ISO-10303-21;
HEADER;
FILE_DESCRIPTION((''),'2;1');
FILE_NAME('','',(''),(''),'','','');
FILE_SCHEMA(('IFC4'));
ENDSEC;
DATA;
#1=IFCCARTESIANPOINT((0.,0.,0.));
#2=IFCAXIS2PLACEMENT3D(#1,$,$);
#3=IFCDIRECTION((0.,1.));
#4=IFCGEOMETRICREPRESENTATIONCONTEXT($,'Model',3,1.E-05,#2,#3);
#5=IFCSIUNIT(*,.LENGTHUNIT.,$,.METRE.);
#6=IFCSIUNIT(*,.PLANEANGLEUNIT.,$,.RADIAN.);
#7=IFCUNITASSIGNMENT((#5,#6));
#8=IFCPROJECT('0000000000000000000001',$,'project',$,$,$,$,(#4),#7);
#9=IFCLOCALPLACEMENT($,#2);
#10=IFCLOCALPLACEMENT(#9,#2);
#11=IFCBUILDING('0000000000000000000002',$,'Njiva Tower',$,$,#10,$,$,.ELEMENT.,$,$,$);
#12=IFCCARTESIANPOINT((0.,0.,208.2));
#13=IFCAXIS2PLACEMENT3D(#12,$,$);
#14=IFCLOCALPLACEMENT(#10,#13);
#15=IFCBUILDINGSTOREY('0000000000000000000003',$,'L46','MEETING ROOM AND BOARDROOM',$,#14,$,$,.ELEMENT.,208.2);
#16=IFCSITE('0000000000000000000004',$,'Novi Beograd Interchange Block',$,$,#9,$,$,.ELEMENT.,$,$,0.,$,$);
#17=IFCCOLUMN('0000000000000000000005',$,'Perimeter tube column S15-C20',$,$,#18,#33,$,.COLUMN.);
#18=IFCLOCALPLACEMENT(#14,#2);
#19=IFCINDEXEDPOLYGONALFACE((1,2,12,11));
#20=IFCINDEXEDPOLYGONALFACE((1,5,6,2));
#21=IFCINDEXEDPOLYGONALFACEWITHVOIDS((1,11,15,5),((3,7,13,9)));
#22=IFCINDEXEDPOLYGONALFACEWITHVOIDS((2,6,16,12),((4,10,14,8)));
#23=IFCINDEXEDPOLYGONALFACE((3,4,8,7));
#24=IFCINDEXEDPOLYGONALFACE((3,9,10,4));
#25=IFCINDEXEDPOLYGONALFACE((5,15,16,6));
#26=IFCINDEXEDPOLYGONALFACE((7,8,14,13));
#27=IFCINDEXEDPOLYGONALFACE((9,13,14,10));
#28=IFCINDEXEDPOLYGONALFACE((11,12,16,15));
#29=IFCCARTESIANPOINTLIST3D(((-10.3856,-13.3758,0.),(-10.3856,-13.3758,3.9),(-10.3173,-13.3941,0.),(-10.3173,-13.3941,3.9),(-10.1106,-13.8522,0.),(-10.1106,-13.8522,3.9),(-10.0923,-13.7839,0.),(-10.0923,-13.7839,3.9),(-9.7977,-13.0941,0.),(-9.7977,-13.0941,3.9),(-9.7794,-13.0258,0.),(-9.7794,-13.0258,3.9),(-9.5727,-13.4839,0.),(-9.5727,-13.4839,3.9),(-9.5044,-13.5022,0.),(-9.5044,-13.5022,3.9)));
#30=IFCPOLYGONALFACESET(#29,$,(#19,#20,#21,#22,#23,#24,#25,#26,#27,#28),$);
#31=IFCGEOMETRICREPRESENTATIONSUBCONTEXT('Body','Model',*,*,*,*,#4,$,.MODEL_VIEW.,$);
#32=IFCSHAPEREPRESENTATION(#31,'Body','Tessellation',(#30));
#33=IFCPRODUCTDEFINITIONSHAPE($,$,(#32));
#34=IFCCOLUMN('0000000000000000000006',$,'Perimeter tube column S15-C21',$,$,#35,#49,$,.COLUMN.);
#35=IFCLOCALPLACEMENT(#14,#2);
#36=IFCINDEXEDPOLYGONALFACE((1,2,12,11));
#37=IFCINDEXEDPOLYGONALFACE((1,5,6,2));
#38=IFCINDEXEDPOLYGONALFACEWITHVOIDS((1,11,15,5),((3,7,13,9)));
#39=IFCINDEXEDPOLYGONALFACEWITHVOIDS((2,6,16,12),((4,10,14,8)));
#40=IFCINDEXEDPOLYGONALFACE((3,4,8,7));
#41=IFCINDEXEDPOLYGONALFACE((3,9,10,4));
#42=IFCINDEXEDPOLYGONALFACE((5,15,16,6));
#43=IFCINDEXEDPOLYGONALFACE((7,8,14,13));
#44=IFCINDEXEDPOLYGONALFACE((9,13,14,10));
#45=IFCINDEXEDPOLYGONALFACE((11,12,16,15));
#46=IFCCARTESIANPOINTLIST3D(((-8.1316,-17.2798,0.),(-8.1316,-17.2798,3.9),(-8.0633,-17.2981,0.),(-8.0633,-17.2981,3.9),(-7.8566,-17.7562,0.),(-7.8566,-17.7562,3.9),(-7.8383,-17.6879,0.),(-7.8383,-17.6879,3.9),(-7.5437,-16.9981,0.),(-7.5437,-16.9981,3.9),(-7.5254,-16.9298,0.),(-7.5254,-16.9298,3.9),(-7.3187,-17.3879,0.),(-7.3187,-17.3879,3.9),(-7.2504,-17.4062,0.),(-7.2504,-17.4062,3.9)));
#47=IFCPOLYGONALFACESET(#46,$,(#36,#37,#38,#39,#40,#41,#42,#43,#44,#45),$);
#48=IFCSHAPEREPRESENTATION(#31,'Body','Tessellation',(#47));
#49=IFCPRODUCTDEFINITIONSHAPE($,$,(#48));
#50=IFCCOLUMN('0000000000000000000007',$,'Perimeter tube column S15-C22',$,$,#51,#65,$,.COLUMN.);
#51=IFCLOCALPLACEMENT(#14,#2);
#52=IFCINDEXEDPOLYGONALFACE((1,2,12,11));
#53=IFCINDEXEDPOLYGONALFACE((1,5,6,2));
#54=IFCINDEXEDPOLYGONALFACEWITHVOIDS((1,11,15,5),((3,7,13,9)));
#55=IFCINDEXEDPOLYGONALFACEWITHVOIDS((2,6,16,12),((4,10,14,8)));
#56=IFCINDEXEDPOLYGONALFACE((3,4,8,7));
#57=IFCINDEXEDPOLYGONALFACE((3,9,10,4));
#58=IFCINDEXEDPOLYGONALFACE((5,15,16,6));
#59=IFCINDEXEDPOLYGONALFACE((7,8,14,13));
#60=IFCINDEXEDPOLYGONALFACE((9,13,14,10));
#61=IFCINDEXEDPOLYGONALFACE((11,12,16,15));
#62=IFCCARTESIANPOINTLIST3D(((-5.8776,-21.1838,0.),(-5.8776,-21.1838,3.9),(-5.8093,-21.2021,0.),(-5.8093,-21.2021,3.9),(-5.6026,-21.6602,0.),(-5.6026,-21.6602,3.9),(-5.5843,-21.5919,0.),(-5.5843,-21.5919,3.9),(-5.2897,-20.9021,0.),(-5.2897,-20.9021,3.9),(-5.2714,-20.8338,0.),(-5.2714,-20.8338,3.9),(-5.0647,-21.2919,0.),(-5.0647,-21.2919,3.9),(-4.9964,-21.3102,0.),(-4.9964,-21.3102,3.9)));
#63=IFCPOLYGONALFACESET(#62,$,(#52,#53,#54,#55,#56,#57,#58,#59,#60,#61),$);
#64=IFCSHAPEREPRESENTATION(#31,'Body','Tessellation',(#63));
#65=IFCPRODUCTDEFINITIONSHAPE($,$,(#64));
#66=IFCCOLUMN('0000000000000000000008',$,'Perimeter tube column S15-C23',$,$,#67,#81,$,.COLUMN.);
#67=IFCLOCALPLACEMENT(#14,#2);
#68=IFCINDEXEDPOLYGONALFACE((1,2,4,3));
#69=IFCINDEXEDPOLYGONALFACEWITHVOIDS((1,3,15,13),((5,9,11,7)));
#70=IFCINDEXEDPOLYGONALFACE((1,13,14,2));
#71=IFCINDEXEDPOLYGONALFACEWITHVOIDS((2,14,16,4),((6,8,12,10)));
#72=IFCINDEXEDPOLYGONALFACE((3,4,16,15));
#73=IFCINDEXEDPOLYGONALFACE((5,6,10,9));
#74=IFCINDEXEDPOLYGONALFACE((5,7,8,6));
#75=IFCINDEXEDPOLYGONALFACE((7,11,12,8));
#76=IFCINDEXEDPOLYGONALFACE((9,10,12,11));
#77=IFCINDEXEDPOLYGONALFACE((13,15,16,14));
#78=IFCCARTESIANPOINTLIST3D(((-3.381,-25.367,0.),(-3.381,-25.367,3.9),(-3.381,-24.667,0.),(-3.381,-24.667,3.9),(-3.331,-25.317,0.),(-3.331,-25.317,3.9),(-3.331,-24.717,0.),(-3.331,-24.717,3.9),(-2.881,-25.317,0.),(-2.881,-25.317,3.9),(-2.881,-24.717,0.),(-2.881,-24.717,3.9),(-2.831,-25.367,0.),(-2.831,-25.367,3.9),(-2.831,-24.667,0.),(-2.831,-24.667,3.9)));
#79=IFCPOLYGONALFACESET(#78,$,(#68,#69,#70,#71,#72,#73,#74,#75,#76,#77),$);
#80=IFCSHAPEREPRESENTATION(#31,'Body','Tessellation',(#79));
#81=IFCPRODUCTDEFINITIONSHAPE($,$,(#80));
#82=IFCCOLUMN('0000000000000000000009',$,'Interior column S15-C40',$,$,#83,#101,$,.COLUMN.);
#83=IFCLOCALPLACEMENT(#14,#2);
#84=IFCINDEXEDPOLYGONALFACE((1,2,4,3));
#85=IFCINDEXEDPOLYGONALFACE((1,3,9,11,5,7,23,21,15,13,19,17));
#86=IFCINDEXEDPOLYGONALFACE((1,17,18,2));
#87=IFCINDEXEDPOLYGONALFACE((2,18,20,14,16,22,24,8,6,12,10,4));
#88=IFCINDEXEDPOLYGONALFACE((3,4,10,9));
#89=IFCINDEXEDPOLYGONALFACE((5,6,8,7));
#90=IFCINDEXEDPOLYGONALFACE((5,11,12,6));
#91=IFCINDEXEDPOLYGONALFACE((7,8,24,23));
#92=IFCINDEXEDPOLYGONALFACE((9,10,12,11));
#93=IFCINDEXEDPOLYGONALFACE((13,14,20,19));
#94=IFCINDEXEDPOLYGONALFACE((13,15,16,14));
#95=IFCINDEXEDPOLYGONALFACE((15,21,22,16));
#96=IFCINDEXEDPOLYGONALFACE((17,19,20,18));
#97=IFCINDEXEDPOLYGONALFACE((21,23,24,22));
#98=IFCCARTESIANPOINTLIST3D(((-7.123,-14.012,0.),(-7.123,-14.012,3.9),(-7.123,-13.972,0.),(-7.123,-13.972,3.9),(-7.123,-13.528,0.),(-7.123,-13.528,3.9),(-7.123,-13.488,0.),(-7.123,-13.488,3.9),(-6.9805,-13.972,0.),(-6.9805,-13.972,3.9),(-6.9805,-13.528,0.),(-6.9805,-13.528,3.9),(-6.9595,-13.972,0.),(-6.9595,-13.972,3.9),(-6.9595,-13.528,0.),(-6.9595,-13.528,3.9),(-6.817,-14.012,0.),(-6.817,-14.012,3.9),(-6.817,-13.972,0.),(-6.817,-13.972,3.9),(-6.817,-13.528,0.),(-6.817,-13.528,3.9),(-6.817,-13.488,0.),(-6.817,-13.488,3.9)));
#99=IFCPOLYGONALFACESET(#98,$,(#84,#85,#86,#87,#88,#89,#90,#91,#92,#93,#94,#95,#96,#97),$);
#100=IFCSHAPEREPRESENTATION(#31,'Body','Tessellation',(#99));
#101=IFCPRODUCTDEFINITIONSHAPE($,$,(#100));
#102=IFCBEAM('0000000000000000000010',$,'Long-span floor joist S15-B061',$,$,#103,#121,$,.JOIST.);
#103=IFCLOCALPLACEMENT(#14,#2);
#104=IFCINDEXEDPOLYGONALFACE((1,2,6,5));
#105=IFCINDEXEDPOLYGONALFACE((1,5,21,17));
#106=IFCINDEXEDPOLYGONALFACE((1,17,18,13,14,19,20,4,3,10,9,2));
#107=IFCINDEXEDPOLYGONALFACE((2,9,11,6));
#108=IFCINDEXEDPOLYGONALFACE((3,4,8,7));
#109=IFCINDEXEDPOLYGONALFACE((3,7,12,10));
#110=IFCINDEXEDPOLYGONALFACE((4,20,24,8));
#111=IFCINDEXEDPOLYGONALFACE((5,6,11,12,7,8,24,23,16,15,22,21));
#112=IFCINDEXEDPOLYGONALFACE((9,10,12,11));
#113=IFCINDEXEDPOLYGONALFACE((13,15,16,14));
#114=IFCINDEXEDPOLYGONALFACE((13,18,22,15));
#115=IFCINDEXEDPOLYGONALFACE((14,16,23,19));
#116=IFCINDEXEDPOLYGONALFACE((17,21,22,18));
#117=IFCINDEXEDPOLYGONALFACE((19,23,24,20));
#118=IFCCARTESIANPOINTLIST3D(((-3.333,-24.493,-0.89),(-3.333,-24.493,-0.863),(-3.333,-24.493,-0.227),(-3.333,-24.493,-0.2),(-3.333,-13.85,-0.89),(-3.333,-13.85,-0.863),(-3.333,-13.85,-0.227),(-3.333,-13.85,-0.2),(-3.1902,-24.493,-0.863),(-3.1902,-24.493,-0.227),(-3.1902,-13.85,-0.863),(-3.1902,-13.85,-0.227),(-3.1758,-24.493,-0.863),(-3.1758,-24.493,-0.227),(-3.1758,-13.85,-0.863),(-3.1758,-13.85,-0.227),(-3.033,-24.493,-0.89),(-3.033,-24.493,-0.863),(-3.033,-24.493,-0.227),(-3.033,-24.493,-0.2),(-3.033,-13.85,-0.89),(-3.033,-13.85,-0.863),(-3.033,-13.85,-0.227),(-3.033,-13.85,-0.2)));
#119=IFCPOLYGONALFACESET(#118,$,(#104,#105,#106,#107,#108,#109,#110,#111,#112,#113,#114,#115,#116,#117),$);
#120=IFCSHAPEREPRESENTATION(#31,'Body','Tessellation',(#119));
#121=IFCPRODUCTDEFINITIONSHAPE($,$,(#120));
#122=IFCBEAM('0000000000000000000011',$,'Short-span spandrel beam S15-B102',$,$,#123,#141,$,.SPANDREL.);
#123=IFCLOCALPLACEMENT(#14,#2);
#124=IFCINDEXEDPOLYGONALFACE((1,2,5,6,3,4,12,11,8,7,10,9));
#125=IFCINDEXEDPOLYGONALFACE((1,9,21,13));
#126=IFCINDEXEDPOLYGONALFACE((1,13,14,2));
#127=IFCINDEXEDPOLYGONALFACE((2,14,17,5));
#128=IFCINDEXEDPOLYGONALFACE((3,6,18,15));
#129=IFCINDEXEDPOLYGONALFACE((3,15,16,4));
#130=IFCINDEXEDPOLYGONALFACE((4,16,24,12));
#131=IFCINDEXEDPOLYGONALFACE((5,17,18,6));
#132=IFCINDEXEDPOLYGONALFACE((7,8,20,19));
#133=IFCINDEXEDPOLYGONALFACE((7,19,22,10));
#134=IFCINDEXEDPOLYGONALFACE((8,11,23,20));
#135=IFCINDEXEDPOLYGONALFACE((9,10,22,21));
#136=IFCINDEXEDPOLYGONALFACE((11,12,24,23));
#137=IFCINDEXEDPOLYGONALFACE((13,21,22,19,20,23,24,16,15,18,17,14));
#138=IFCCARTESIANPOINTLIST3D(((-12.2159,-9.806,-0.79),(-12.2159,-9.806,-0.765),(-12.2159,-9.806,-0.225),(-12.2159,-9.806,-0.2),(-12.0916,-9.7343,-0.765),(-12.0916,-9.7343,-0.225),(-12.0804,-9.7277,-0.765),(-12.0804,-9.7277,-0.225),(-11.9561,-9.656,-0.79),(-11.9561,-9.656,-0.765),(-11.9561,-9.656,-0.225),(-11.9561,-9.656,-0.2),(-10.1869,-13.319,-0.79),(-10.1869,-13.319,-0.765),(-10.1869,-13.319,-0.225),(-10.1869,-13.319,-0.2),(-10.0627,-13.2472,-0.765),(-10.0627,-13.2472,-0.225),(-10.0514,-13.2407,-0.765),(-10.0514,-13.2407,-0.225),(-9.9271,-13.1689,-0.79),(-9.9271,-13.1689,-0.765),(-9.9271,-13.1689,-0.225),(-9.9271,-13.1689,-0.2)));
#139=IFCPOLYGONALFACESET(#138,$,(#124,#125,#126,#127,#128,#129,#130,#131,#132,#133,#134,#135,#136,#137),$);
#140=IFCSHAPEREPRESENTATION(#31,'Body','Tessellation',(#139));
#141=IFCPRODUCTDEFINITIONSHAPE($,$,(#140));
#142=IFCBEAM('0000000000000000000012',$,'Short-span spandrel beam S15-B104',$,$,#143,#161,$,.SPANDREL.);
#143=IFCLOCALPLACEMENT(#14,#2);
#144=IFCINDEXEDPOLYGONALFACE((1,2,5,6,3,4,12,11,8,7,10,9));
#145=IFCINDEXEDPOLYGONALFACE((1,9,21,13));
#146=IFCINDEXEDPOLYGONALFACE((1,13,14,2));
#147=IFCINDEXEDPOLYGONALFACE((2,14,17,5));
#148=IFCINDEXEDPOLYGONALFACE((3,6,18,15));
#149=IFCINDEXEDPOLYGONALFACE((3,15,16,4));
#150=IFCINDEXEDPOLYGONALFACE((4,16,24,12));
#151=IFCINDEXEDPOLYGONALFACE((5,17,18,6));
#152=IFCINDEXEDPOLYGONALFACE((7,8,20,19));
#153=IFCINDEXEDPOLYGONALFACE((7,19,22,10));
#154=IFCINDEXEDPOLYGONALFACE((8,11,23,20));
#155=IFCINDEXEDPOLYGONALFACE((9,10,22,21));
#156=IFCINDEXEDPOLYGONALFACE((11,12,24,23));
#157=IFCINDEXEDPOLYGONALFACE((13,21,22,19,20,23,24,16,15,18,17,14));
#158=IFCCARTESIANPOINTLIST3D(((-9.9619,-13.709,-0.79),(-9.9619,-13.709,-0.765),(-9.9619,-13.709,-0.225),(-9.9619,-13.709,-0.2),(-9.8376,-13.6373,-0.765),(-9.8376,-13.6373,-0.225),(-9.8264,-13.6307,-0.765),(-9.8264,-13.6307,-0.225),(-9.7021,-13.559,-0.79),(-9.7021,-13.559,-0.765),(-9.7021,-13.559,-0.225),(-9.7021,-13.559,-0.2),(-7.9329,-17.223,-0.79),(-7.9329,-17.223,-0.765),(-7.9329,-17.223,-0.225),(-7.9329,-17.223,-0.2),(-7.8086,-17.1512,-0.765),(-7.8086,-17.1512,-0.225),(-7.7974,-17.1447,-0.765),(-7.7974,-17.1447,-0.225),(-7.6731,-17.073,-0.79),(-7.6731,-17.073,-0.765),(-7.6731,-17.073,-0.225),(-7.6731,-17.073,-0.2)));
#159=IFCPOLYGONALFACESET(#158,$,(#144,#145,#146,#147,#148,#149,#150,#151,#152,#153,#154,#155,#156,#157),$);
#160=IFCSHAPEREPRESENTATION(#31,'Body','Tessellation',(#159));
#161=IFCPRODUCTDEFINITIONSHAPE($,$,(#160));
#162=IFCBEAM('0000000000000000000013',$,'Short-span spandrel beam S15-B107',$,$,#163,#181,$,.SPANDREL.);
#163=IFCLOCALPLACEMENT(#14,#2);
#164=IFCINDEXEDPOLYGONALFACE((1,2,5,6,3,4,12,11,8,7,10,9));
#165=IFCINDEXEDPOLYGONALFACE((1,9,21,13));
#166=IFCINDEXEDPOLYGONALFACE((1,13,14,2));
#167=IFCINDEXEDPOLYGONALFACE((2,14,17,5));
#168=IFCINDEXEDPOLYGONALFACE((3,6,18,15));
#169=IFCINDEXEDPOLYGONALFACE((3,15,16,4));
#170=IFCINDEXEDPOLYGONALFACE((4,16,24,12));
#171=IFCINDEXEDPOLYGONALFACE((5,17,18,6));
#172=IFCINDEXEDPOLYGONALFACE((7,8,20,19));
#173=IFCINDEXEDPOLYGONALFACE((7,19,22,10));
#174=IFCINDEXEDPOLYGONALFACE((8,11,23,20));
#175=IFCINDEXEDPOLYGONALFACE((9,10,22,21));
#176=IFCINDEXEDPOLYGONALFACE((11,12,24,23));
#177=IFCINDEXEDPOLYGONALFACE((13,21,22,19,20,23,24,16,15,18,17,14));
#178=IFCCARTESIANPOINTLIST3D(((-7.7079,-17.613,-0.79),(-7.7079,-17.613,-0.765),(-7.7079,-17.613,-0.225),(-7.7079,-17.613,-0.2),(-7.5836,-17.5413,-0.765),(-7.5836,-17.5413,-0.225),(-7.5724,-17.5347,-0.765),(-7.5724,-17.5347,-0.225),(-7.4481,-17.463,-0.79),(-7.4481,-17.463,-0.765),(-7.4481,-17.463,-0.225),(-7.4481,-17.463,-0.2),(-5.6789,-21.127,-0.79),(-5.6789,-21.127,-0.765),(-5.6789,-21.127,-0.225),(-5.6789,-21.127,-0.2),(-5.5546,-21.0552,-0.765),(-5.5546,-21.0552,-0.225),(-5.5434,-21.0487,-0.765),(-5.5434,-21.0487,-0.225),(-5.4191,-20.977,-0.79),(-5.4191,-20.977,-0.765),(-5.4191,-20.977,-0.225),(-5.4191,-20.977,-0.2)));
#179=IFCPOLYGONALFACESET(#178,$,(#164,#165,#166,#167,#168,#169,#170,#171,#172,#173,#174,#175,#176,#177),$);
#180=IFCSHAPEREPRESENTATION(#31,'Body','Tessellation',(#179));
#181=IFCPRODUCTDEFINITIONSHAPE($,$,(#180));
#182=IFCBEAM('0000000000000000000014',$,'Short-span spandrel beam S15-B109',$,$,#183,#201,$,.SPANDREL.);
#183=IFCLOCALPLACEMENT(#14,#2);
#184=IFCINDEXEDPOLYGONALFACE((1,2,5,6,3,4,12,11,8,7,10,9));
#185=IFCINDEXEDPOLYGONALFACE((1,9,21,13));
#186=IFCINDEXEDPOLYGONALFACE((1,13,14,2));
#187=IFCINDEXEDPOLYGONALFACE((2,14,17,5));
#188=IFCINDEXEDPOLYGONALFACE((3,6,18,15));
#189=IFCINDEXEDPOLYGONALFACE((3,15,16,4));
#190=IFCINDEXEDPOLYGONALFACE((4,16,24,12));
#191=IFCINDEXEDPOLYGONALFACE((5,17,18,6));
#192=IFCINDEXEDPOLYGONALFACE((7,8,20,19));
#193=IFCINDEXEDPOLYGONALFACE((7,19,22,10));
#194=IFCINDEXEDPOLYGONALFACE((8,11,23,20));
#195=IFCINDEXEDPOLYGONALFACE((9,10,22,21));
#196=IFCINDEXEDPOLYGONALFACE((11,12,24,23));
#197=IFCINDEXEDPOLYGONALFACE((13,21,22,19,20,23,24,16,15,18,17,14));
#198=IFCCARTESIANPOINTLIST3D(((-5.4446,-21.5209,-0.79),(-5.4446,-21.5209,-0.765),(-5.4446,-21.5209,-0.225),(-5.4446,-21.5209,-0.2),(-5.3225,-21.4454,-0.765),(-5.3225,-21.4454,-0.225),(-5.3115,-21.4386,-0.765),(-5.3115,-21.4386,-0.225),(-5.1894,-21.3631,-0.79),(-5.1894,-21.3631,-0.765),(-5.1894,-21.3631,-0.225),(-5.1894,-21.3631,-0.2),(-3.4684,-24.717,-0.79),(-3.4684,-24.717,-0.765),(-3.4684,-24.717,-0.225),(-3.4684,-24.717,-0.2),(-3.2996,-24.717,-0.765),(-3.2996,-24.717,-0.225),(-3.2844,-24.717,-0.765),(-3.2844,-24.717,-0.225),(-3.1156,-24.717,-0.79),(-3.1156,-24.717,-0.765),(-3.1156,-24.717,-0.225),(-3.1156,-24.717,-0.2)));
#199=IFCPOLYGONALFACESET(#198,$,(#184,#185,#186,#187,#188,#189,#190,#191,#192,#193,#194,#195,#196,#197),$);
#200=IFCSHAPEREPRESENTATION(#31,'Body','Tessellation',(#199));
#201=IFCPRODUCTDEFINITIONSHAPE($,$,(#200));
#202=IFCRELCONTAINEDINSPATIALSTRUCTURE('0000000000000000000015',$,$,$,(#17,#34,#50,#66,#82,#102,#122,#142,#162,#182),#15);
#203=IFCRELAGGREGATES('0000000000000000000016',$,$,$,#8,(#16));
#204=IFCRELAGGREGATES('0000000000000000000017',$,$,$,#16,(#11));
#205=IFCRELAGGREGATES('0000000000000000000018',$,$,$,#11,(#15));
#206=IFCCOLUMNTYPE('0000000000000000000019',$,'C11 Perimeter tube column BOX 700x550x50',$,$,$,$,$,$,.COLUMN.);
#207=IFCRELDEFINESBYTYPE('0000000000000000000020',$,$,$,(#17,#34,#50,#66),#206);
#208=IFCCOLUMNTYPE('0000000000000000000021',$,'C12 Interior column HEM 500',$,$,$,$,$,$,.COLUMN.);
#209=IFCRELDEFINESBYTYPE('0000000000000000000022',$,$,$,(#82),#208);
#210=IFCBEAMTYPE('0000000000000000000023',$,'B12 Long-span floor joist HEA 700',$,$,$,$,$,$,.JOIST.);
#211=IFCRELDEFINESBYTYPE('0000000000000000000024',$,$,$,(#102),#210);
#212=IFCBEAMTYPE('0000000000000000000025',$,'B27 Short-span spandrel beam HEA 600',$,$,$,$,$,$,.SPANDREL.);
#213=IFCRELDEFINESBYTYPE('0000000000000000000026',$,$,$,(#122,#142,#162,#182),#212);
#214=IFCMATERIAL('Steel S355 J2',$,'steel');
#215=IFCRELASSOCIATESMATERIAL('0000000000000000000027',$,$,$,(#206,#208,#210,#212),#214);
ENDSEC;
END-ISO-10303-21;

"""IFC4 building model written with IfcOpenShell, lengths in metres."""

from ifc_helpers import new_model, si_unit, direction, frame, origin, origin_2d, place, context, subcontext, project, spatial, hollow_rectangle, i_section, extrude, clip, halfspace, material, material_profile, profile_set, type_object, element, save


model = new_model("IFC4")

# Units and contexts
model_context = context("Model", 3, precision=1e-05, world=origin(), true_north=direction((0.0, 1.0)))
body_context = subcontext(model_context, "Body", "Model", "MODEL_VIEW")
ifc_project = project(units=[si_unit("LENGTHUNIT", "METRE"), si_unit("PLANEANGLEUNIT", "RADIAN")], contexts=[model_context])

# Site, building, storey
site_placement = place(None, origin())
site = spatial("IfcSite", under=ifc_project, at=site_placement, Name="Novi Beograd Interchange Block", CompositionType="ELEMENT", RefElevation=0.0)
building_placement = place(site_placement, origin())
building = spatial("IfcBuilding", under=site, at=building_placement, Name="Njiva Tower", CompositionType="ELEMENT")
storey_placement = place(building_placement, frame((0.0, 0.0, 208.2)))
storey = spatial("IfcBuildingStorey", under=building, at=storey_placement, Name="L46", Description="MEETING ROOM AND BOARDROOM", CompositionType="ELEMENT", Elevation=208.2)

# Columns
ifc_material_1 = material(Name="Steel S355 J2", Category="steel")
ifc_material_profile_1 = material_profile(ifc_material_1, hollow_rectangle(XDim=0.55, YDim=0.7, WallThickness=0.05, at=origin_2d()), Name="BOX 700x550x50")
ifc_profile_set_1 = profile_set([ifc_material_profile_1], Name="Steel S355 J2")
column_type_1 = type_object("IfcColumnType", Name="C11 Perimeter tube column BOX 700x550x50", PredefinedType="COLUMN", material=ifc_profile_set_1)
for number, where, z_axis, x_axis, name in (
    (1, (-9.945, -13.439, 0.0), (0.0, 0.0, 1.0), (0.5, -0.866025, 0.0), "Perimeter tube column S15-C20"),
    (2, (-7.691, -17.343, 0.0), (0.0, 0.0, 1.0), (0.5, -0.866025, 0.0), "Perimeter tube column S15-C21"),
    (3, (-5.437, -21.247, 0.0), (0.0, 0.0, 1.0), (0.5, -0.866025, 0.0), "Perimeter tube column S15-C22"),
    (4, (-3.106, -25.017, 0.0), (0.0, 0.0, 1.0), (1.0, 0.0, 0.0), "Perimeter tube column S15-C23"),
):
    element("IfcColumn", number, at=place(storey_placement, frame(where, z_axis=z_axis, x_axis=x_axis)), inside=storey, type_object=column_type_1, Name=name, PredefinedType="COLUMN", context=body_context, shape_type="SweptSolid", body=[
        extrude(hollow_rectangle(XDim=0.55, YDim=0.7, WallThickness=0.05, at=origin_2d()), origin(), (0.0, 0.0, 1.0), 3.9),
    ])
ifc_material_profile_2 = material_profile(ifc_material_1, i_section(OverallWidth=0.306, OverallDepth=0.524, WebThickness=0.021, FlangeThickness=0.04, at=origin_2d()), Name="HEM 500")
ifc_profile_set_2 = profile_set([ifc_material_profile_2], Name="Steel S355 J2")
column_type_2 = type_object("IfcColumnType", Name="C12 Interior column HEM 500", PredefinedType="COLUMN", material=ifc_profile_set_2)
column_placement = place(storey_placement, frame((-6.97, -13.75, 0.0), z_axis=(0.0, 0.0, 1.0), x_axis=(1.0, 0.0, 0.0)))
element("IfcColumn", 5, at=column_placement, inside=storey, type_object=column_type_2, Name="Interior column S15-C40", PredefinedType="COLUMN", context=body_context, shape_type="SweptSolid", body=[
    extrude(i_section(OverallWidth=0.306, OverallDepth=0.524, WebThickness=0.021, FlangeThickness=0.04, at=origin_2d()), origin(), (0.0, 0.0, 1.0), 3.9),
])

# Beams
ifc_material_profile_3 = material_profile(ifc_material_1, i_section(OverallWidth=0.3, OverallDepth=0.69, WebThickness=0.0145, FlangeThickness=0.027, at=origin_2d()), Name="HEA 700")
ifc_profile_set_3 = profile_set([ifc_material_profile_3], Name="Steel S355 J2")
beam_type_1 = type_object("IfcBeamType", Name="B12 Long-span floor joist HEA 700", PredefinedType="JOIST", material=ifc_profile_set_3)
beam_1_placement = place(storey_placement, frame((-3.183, -13.85, -0.545), z_axis=(0.0, -1.0, 0.0), x_axis=(1.0, 0.0, 0.0)))
element("IfcBeam", 6, at=beam_1_placement, inside=storey, type_object=beam_type_1, Name="Long-span floor joist S15-B061", PredefinedType="JOIST", context=body_context, shape_type="SweptSolid", body=[
    extrude(i_section(OverallWidth=0.3, OverallDepth=0.69, WebThickness=0.0145, FlangeThickness=0.027, at=origin_2d()), origin(), (0.0, 0.0, 1.0), 10.643),
])
ifc_material_profile_4 = material_profile(ifc_material_1, i_section(OverallWidth=0.3, OverallDepth=0.59, WebThickness=0.013, FlangeThickness=0.025, at=origin_2d()), Name="HEA 600")
ifc_profile_set_4 = profile_set([ifc_material_profile_4], Name="Steel S355 J2")
beam_type_2 = type_object("IfcBeamType", Name="B27 Short-span spandrel beam HEA 600", PredefinedType="SPANDREL", material=ifc_profile_set_4)
beam_2_placement = place(storey_placement, frame((-12.086, -9.731, -0.495), z_axis=(0.500142, -0.865943, 0.0), x_axis=(0.865943, 0.500142, 0.0)))
element("IfcBeam", 7, at=beam_2_placement, inside=storey, type_object=beam_type_2, Name="Short-span spandrel beam S15-B102", PredefinedType="SPANDREL", context=body_context, shape_type="SweptSolid", body=[
    extrude(i_section(OverallWidth=0.3, OverallDepth=0.59, WebThickness=0.013, FlangeThickness=0.025, at=origin_2d()), origin(), (0.0, 0.0, 1.0), 4.0568),
])
for number, where, z_axis, x_axis, name in (
    (8, (-9.832, -13.634, -0.495), (0.500035, -0.866005, 0.0), (0.866005, 0.500035, 0.0), "Short-span spandrel beam S15-B104"),
    (9, (-7.578, -17.538, -0.495), (0.500035, -0.866005, 0.0), (0.866005, 0.500035, 0.0), "Short-span spandrel beam S15-B107"),
):
    element("IfcBeam", number, at=place(storey_placement, frame(where, z_axis=z_axis, x_axis=x_axis)), inside=storey, type_object=beam_type_2, Name=name, PredefinedType="SPANDREL", context=body_context, shape_type="SweptSolid", body=[
        extrude(i_section(OverallWidth=0.3, OverallDepth=0.59, WebThickness=0.013, FlangeThickness=0.025, at=origin_2d()), origin(), (0.0, 0.0, 1.0), 4.0577),
    ])
beam_3_placement = place(storey_placement, frame((-5.317, -21.442, -0.495), z_axis=(0.525908, -0.850542, 0.0), x_axis=(0.850542, 0.525908, 0.0)))
element("IfcBeam", 10, at=beam_3_placement, inside=storey, type_object=beam_type_2, Name="Short-span spandrel beam S15-B109", PredefinedType="SPANDREL", context=body_context, shape_type="Clipping", body=[
    clip(extrude(i_section(OverallWidth=0.3, OverallDepth=0.59, WebThickness=0.013, FlangeThickness=0.025, at=origin_2d()), origin(), (0.0, 0.0, 1.0), 3.9635), halfspace(frame((-0.0262, 0.0, 3.8343), z_axis=(-0.525908, 0.0, 0.850542), x_axis=(0.0, 1.0, 0.0)), False)),
])

save(model, "model.ifc")
